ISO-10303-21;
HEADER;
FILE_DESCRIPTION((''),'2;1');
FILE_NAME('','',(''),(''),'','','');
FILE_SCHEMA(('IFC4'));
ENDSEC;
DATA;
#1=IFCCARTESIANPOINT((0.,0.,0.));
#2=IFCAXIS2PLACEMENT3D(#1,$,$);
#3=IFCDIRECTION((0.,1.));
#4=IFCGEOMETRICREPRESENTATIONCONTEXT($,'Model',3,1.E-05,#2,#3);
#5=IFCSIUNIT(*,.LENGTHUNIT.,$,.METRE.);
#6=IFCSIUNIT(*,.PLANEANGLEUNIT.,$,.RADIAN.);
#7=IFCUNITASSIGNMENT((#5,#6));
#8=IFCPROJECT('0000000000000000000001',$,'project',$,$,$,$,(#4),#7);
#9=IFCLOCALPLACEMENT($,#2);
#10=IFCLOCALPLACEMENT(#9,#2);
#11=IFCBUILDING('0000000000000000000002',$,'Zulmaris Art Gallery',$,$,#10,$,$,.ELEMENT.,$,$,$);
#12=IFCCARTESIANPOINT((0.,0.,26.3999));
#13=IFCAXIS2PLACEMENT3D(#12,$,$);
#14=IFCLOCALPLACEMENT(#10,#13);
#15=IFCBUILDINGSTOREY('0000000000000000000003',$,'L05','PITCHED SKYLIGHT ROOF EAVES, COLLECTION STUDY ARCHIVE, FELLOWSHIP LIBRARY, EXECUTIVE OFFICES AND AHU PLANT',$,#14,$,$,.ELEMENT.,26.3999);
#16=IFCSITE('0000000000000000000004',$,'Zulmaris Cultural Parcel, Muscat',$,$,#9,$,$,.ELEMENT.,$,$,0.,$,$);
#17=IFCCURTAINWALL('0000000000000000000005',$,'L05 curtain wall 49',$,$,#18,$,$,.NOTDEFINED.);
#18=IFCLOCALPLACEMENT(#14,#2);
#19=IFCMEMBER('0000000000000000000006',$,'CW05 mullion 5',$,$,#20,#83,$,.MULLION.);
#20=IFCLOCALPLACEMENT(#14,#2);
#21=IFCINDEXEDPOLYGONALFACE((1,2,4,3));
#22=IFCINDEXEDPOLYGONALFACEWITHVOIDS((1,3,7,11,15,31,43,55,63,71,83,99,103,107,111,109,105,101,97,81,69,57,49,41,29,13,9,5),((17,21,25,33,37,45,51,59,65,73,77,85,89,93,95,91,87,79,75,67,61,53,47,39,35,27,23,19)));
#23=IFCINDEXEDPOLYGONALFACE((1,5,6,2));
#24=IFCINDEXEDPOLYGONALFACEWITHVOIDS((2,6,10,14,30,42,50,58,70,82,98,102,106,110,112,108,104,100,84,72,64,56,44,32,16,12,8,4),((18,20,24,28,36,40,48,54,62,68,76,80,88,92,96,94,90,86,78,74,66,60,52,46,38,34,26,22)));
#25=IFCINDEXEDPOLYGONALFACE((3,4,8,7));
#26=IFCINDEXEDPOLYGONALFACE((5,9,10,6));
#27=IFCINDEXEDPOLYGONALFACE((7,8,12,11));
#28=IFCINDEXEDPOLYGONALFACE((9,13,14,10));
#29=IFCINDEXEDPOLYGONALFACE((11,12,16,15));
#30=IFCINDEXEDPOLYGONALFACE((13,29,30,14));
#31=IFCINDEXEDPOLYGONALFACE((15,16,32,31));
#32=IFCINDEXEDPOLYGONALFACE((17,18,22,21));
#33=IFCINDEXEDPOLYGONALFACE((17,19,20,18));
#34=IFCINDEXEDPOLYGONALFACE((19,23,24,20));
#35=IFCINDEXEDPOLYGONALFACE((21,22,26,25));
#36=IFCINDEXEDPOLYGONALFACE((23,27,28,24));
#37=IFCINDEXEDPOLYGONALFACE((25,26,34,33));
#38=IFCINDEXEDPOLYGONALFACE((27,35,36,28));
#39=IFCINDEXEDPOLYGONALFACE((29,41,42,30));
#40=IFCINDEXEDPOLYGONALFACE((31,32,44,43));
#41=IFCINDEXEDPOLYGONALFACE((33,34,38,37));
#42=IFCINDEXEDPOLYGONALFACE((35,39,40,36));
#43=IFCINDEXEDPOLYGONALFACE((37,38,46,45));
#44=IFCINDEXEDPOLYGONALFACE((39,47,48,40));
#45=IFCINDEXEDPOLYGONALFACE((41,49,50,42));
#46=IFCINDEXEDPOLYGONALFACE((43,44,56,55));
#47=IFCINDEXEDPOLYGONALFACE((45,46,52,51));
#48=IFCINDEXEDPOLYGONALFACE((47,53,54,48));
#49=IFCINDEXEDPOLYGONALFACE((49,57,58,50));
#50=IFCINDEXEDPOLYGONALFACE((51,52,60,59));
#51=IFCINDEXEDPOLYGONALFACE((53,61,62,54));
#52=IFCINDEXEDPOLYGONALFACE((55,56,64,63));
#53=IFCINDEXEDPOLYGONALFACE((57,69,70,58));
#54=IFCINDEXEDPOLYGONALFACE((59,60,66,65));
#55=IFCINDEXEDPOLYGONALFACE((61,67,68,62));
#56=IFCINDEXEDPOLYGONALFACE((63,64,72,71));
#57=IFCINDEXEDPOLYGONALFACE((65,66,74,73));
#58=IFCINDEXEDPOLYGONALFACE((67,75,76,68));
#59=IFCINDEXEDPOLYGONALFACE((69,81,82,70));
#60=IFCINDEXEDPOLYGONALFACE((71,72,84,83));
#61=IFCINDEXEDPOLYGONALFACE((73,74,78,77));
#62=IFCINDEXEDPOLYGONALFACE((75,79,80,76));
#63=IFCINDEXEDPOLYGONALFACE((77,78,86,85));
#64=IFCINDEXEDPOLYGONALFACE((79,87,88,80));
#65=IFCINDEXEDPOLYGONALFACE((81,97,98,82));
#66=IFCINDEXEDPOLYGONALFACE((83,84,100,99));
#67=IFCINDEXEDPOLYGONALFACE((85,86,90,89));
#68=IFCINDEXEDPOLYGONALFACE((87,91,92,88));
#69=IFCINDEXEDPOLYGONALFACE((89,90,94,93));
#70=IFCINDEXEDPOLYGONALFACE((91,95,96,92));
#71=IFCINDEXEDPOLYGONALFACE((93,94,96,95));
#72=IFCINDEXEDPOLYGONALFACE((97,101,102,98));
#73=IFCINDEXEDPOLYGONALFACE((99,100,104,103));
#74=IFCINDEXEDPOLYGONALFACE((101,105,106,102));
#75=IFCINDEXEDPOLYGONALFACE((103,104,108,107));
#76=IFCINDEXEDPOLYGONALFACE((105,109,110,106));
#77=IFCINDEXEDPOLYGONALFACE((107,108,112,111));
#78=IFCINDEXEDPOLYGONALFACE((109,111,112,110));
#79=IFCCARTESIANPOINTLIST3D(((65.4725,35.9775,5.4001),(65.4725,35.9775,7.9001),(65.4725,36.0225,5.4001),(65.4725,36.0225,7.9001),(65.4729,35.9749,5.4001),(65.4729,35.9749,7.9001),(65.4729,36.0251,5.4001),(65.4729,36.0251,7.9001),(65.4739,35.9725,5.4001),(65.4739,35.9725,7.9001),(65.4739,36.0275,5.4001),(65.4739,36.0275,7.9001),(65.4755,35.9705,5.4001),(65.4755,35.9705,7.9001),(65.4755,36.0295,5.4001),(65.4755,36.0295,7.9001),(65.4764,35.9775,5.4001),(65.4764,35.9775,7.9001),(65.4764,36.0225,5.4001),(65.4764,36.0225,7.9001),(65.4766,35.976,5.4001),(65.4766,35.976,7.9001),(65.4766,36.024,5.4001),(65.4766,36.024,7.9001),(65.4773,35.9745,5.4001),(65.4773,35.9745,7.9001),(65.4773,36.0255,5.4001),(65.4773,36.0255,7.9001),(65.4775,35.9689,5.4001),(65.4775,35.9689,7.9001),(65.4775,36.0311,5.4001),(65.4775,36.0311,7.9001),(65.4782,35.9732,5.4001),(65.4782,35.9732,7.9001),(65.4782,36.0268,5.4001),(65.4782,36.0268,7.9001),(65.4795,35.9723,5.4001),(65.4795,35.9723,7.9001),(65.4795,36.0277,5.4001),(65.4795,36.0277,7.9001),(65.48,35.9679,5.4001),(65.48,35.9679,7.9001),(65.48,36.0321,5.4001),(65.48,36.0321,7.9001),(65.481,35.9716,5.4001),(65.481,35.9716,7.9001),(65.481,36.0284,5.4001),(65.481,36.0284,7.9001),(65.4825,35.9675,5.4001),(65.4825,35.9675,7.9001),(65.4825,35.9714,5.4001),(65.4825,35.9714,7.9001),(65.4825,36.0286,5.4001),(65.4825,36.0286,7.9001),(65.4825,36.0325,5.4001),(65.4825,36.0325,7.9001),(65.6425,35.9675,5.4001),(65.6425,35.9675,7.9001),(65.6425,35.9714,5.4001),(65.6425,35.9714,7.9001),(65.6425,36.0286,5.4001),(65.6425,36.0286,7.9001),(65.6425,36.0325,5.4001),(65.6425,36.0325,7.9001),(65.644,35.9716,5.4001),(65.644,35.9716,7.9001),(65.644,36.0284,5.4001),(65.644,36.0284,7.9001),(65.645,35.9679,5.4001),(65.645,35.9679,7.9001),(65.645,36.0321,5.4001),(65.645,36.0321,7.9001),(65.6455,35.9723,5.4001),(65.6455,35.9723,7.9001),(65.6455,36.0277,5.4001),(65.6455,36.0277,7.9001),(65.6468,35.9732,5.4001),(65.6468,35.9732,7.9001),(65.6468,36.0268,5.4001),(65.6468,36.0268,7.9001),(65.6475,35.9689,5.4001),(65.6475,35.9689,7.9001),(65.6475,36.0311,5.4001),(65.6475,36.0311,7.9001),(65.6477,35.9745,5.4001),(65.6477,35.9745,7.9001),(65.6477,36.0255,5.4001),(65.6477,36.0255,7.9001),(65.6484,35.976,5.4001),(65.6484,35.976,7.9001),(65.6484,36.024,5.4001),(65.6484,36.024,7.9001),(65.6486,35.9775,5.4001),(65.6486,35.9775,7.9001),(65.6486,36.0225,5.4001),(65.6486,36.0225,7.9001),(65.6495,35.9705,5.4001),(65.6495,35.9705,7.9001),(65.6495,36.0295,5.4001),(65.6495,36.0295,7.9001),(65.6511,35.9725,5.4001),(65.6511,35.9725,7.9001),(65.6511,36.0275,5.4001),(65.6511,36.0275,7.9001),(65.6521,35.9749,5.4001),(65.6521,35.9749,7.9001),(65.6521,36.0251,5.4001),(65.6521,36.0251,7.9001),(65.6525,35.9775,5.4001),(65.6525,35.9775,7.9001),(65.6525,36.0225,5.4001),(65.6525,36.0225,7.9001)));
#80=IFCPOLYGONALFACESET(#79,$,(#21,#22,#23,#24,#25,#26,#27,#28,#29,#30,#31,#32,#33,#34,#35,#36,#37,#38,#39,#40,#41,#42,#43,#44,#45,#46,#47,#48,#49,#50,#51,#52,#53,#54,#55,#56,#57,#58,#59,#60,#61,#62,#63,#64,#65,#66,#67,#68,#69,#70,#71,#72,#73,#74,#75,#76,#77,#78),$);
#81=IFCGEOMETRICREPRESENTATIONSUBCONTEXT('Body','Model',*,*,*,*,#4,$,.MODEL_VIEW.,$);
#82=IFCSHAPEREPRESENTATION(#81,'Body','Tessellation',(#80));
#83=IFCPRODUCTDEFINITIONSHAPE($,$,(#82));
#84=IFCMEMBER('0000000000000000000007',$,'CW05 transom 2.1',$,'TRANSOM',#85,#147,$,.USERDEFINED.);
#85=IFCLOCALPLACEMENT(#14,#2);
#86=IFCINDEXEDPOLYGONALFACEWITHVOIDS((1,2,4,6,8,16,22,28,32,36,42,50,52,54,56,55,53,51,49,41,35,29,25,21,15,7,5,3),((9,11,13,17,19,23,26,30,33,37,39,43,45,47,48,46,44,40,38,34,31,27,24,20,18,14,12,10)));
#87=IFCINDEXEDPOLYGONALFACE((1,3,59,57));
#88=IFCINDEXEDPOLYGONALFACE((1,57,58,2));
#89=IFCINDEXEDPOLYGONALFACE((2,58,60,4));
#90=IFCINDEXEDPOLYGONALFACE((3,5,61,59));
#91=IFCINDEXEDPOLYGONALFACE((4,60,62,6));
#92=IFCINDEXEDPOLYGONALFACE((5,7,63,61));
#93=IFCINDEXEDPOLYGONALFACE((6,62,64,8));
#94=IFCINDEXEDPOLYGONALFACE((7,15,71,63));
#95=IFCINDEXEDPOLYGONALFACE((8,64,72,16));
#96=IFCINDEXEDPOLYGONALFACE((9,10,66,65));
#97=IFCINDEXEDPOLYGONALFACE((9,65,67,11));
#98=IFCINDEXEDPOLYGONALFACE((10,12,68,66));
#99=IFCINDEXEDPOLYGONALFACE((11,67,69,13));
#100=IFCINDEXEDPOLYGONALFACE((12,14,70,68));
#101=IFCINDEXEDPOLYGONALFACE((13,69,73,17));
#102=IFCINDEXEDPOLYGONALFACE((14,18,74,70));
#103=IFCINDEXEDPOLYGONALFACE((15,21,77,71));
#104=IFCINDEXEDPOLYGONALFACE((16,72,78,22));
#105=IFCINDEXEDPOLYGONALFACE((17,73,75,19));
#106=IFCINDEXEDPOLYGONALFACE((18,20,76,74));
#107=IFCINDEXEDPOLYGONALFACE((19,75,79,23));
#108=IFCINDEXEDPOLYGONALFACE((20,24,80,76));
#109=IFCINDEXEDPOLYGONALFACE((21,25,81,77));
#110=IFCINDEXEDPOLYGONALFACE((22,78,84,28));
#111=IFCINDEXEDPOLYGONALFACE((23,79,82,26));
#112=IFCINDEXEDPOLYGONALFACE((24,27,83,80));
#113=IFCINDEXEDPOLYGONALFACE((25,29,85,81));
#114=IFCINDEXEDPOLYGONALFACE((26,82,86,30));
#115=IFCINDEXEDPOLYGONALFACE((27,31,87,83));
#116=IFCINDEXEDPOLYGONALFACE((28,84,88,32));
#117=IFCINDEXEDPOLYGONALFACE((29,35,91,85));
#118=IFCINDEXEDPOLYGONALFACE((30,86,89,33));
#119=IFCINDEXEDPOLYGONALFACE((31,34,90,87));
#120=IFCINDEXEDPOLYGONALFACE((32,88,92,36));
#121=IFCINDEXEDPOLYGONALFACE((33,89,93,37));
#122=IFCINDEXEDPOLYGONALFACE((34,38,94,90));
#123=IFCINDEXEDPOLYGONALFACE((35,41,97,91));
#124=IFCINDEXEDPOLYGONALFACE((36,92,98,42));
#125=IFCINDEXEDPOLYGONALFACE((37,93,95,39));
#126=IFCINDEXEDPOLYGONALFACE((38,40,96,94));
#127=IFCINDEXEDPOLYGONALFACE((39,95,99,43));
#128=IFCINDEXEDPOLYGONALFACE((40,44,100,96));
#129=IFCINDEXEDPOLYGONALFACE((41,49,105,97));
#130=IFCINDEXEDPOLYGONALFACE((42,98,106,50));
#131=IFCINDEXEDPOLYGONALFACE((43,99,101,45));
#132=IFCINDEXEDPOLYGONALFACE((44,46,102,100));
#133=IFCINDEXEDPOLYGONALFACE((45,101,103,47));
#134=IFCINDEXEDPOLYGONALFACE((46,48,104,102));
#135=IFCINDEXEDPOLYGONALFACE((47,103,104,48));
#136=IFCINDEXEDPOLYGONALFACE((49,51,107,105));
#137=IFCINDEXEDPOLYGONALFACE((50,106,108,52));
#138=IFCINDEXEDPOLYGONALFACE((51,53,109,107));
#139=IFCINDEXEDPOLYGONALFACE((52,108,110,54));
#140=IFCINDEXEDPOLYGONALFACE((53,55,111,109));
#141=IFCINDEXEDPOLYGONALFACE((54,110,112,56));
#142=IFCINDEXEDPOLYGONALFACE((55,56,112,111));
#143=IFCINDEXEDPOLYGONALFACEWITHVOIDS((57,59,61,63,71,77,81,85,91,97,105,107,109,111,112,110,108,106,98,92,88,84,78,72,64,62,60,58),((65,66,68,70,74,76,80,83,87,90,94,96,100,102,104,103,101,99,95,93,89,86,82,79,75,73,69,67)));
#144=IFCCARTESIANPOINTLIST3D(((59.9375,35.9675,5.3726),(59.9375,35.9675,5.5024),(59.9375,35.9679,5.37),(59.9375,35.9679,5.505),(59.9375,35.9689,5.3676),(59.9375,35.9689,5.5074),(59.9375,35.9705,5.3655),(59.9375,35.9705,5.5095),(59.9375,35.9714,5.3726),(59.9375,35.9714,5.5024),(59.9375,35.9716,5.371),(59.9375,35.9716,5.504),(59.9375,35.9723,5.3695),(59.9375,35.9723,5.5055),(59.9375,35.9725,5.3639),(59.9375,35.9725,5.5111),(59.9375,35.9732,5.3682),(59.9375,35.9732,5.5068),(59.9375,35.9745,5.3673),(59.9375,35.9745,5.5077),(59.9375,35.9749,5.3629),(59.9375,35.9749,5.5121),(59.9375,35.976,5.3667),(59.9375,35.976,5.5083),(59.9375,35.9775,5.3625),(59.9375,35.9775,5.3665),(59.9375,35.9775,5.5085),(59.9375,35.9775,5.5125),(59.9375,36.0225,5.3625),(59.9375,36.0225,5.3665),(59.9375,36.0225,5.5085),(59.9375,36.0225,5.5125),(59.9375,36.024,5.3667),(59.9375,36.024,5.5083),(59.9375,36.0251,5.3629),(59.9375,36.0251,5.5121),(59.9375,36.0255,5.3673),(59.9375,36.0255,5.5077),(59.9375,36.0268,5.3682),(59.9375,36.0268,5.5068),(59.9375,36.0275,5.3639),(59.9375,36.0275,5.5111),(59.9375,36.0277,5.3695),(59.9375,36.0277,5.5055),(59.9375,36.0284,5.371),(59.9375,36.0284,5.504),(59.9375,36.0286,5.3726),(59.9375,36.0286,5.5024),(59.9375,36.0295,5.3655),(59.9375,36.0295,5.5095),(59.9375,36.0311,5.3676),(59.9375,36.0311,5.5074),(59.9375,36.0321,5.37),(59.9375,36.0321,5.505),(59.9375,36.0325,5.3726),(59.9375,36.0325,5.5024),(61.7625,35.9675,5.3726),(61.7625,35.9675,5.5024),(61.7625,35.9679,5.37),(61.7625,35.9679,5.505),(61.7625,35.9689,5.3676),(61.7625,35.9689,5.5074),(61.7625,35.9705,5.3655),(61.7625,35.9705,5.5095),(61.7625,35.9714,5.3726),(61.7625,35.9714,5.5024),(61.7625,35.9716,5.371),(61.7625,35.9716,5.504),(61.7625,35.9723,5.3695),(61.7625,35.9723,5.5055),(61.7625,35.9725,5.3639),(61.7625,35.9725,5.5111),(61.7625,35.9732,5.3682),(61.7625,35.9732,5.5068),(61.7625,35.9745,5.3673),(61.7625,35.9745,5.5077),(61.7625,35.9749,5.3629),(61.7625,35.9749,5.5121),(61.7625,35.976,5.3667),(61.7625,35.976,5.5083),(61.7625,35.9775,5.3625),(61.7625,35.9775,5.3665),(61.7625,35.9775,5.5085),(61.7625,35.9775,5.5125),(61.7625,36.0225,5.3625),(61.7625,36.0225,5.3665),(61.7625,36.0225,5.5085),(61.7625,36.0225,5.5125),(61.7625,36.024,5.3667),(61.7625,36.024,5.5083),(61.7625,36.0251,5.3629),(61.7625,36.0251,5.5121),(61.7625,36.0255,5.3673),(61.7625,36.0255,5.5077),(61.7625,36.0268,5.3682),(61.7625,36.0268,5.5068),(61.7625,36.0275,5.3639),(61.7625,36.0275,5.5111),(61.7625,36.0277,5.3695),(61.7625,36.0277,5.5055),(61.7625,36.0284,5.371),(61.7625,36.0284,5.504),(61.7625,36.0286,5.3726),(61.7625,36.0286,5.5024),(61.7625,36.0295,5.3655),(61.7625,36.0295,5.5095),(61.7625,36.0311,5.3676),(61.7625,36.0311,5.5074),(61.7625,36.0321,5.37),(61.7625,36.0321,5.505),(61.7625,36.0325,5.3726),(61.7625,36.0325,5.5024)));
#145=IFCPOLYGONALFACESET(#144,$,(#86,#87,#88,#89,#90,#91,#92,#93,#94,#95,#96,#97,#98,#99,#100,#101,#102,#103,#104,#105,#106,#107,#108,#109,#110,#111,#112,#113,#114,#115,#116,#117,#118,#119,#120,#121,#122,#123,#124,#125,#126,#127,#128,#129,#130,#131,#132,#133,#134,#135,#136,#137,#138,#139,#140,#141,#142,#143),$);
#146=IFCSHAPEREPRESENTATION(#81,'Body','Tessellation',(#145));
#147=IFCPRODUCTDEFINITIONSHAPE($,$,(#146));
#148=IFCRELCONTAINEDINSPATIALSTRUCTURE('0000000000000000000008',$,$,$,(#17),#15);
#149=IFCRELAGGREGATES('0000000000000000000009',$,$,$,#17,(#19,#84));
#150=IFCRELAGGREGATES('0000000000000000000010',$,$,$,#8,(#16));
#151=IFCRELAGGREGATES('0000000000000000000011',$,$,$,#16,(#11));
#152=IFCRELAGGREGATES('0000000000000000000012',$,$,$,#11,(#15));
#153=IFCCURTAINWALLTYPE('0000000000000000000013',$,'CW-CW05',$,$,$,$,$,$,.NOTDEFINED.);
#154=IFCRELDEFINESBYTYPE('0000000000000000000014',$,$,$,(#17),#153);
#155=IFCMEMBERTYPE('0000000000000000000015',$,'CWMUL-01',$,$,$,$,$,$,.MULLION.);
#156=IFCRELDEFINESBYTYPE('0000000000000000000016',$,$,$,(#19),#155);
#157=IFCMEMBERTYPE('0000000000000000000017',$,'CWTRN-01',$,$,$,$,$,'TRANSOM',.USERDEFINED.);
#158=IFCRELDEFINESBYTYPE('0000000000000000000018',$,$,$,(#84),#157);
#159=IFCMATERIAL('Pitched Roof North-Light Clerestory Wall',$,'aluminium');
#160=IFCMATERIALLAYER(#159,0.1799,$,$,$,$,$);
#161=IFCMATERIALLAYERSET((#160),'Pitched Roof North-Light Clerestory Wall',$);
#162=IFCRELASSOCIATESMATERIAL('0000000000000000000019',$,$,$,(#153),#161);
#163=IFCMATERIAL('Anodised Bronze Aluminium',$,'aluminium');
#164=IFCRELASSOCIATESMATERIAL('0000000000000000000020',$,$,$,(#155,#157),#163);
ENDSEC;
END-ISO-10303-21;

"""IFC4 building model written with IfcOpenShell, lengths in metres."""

from ifc_helpers import new_model, si_unit, direction, frame, origin, origin_2d, place, context, subcontext, project, spatial, hollow_rectangle, extrude, material, layer, layer_set, material_profile, profile_set, type_object, element, aggregate, save


model = new_model("IFC4")

# Units and contexts
model_context = context("Model", 3, precision=1e-05, world=origin(), true_north=direction((0.0, 1.0)))
body_context = subcontext(model_context, "Body", "Model", "MODEL_VIEW")
ifc_project = project(units=[si_unit("LENGTHUNIT", "METRE"), si_unit("PLANEANGLEUNIT", "RADIAN")], contexts=[model_context])

# Site, building, storey
site_placement = place(None, origin())
site = spatial("IfcSite", under=ifc_project, at=site_placement, Name="Zulmaris Cultural Parcel, Muscat", CompositionType="ELEMENT", RefElevation=0.0)
building_placement = place(site_placement, origin())
building = spatial("IfcBuilding", under=site, at=building_placement, Name="Zulmaris Art Gallery", CompositionType="ELEMENT")
storey_placement = place(building_placement, frame((0.0, 0.0, 26.3999)))
storey = spatial("IfcBuildingStorey", under=building, at=storey_placement, Name="L05", Description="PITCHED SKYLIGHT ROOF EAVES, COLLECTION STUDY ARCHIVE, FELLOWSHIP LIBRARY, EXECUTIVE OFFICES AND AHU PLANT", CompositionType="ELEMENT", Elevation=26.3999)

# Curtain wall, members
ifc_material_1 = material(Name="Pitched Roof North-Light Clerestory Wall", Category="aluminium")
ifc_layer_1 = layer(ifc_material_1, 0.1799)
ifc_layer_set_1 = layer_set([ifc_layer_1], Name="Pitched Roof North-Light Clerestory Wall")
curtain_wall_type = type_object("IfcCurtainWallType", Name="CW-CW05", PredefinedType="NOTDEFINED", material=ifc_layer_set_1)
curtain_wall_placement = place(storey_placement, origin())
curtain_wall = element("IfcCurtainWall", 1, at=curtain_wall_placement, inside=storey, type_object=curtain_wall_type, Name="L05 curtain wall 49", PredefinedType="NOTDEFINED")
ifc_material_2 = material(Name="Anodised Bronze Aluminium", Category="aluminium")
ifc_material_profile_1 = material_profile(ifc_material_2, hollow_rectangle(XDim=0.0649, YDim=0.1799, WallThickness=0.0039, InnerFilletRadius=0.0061, OuterFilletRadius=0.01, at=origin_2d()), Name="ALU 65x180x4")
ifc_profile_set_1 = profile_set([ifc_material_profile_1], Name="Anodised Bronze Aluminium")
member_type_1 = type_object("IfcMemberType", Name="CWMUL-01", PredefinedType="MULLION", material=ifc_profile_set_1)
member_1_placement = place(storey_placement, frame((65.5625, 36.0, 5.4001), z_axis=(0.0, 0.0, 1.0), x_axis=(0.0, 1.0, 0.0)))
member_1 = element("IfcMember", 2, at=member_1_placement, type_object=member_type_1, Name="CW05 mullion 5", PredefinedType="MULLION", context=body_context, shape_type="SweptSolid", body=[
    extrude(hollow_rectangle(XDim=0.0649, YDim=0.1799, WallThickness=0.0039, InnerFilletRadius=0.0061, OuterFilletRadius=0.01, at=origin_2d()), origin(), (0.0, 0.0, 1.0), 2.5),
])
ifc_material_profile_2 = material_profile(ifc_material_2, hollow_rectangle(XDim=0.0649, YDim=0.1499, WallThickness=0.0039, InnerFilletRadius=0.0061, OuterFilletRadius=0.01, at=origin_2d()), Name="ALU 65x150x4")
ifc_profile_set_2 = profile_set([ifc_material_profile_2], Name="Anodised Bronze Aluminium")
member_type_2 = type_object("IfcMemberType", Name="CWTRN-01", ElementType="TRANSOM", PredefinedType="USERDEFINED", material=ifc_profile_set_2)
member_2_placement = place(storey_placement, frame((59.9375, 36.0, 5.4375), z_axis=(1.0, 0.0, 0.0), x_axis=(0.0, 1.0, 0.0)))
member_2 = element("IfcMember", 3, at=member_2_placement, type_object=member_type_2, Name="CW05 transom 2.1", ObjectType="TRANSOM", PredefinedType="USERDEFINED", context=body_context, shape_type="SweptSolid", body=[
    extrude(hollow_rectangle(XDim=0.0649, YDim=0.1499, WallThickness=0.0039, InnerFilletRadius=0.0061, OuterFilletRadius=0.01, at=origin_2d()), origin(), (0.0, 0.0, 1.0), 1.825),
])

aggregate(curtain_wall, [member_1, member_2])

save(model, "model.ifc")
